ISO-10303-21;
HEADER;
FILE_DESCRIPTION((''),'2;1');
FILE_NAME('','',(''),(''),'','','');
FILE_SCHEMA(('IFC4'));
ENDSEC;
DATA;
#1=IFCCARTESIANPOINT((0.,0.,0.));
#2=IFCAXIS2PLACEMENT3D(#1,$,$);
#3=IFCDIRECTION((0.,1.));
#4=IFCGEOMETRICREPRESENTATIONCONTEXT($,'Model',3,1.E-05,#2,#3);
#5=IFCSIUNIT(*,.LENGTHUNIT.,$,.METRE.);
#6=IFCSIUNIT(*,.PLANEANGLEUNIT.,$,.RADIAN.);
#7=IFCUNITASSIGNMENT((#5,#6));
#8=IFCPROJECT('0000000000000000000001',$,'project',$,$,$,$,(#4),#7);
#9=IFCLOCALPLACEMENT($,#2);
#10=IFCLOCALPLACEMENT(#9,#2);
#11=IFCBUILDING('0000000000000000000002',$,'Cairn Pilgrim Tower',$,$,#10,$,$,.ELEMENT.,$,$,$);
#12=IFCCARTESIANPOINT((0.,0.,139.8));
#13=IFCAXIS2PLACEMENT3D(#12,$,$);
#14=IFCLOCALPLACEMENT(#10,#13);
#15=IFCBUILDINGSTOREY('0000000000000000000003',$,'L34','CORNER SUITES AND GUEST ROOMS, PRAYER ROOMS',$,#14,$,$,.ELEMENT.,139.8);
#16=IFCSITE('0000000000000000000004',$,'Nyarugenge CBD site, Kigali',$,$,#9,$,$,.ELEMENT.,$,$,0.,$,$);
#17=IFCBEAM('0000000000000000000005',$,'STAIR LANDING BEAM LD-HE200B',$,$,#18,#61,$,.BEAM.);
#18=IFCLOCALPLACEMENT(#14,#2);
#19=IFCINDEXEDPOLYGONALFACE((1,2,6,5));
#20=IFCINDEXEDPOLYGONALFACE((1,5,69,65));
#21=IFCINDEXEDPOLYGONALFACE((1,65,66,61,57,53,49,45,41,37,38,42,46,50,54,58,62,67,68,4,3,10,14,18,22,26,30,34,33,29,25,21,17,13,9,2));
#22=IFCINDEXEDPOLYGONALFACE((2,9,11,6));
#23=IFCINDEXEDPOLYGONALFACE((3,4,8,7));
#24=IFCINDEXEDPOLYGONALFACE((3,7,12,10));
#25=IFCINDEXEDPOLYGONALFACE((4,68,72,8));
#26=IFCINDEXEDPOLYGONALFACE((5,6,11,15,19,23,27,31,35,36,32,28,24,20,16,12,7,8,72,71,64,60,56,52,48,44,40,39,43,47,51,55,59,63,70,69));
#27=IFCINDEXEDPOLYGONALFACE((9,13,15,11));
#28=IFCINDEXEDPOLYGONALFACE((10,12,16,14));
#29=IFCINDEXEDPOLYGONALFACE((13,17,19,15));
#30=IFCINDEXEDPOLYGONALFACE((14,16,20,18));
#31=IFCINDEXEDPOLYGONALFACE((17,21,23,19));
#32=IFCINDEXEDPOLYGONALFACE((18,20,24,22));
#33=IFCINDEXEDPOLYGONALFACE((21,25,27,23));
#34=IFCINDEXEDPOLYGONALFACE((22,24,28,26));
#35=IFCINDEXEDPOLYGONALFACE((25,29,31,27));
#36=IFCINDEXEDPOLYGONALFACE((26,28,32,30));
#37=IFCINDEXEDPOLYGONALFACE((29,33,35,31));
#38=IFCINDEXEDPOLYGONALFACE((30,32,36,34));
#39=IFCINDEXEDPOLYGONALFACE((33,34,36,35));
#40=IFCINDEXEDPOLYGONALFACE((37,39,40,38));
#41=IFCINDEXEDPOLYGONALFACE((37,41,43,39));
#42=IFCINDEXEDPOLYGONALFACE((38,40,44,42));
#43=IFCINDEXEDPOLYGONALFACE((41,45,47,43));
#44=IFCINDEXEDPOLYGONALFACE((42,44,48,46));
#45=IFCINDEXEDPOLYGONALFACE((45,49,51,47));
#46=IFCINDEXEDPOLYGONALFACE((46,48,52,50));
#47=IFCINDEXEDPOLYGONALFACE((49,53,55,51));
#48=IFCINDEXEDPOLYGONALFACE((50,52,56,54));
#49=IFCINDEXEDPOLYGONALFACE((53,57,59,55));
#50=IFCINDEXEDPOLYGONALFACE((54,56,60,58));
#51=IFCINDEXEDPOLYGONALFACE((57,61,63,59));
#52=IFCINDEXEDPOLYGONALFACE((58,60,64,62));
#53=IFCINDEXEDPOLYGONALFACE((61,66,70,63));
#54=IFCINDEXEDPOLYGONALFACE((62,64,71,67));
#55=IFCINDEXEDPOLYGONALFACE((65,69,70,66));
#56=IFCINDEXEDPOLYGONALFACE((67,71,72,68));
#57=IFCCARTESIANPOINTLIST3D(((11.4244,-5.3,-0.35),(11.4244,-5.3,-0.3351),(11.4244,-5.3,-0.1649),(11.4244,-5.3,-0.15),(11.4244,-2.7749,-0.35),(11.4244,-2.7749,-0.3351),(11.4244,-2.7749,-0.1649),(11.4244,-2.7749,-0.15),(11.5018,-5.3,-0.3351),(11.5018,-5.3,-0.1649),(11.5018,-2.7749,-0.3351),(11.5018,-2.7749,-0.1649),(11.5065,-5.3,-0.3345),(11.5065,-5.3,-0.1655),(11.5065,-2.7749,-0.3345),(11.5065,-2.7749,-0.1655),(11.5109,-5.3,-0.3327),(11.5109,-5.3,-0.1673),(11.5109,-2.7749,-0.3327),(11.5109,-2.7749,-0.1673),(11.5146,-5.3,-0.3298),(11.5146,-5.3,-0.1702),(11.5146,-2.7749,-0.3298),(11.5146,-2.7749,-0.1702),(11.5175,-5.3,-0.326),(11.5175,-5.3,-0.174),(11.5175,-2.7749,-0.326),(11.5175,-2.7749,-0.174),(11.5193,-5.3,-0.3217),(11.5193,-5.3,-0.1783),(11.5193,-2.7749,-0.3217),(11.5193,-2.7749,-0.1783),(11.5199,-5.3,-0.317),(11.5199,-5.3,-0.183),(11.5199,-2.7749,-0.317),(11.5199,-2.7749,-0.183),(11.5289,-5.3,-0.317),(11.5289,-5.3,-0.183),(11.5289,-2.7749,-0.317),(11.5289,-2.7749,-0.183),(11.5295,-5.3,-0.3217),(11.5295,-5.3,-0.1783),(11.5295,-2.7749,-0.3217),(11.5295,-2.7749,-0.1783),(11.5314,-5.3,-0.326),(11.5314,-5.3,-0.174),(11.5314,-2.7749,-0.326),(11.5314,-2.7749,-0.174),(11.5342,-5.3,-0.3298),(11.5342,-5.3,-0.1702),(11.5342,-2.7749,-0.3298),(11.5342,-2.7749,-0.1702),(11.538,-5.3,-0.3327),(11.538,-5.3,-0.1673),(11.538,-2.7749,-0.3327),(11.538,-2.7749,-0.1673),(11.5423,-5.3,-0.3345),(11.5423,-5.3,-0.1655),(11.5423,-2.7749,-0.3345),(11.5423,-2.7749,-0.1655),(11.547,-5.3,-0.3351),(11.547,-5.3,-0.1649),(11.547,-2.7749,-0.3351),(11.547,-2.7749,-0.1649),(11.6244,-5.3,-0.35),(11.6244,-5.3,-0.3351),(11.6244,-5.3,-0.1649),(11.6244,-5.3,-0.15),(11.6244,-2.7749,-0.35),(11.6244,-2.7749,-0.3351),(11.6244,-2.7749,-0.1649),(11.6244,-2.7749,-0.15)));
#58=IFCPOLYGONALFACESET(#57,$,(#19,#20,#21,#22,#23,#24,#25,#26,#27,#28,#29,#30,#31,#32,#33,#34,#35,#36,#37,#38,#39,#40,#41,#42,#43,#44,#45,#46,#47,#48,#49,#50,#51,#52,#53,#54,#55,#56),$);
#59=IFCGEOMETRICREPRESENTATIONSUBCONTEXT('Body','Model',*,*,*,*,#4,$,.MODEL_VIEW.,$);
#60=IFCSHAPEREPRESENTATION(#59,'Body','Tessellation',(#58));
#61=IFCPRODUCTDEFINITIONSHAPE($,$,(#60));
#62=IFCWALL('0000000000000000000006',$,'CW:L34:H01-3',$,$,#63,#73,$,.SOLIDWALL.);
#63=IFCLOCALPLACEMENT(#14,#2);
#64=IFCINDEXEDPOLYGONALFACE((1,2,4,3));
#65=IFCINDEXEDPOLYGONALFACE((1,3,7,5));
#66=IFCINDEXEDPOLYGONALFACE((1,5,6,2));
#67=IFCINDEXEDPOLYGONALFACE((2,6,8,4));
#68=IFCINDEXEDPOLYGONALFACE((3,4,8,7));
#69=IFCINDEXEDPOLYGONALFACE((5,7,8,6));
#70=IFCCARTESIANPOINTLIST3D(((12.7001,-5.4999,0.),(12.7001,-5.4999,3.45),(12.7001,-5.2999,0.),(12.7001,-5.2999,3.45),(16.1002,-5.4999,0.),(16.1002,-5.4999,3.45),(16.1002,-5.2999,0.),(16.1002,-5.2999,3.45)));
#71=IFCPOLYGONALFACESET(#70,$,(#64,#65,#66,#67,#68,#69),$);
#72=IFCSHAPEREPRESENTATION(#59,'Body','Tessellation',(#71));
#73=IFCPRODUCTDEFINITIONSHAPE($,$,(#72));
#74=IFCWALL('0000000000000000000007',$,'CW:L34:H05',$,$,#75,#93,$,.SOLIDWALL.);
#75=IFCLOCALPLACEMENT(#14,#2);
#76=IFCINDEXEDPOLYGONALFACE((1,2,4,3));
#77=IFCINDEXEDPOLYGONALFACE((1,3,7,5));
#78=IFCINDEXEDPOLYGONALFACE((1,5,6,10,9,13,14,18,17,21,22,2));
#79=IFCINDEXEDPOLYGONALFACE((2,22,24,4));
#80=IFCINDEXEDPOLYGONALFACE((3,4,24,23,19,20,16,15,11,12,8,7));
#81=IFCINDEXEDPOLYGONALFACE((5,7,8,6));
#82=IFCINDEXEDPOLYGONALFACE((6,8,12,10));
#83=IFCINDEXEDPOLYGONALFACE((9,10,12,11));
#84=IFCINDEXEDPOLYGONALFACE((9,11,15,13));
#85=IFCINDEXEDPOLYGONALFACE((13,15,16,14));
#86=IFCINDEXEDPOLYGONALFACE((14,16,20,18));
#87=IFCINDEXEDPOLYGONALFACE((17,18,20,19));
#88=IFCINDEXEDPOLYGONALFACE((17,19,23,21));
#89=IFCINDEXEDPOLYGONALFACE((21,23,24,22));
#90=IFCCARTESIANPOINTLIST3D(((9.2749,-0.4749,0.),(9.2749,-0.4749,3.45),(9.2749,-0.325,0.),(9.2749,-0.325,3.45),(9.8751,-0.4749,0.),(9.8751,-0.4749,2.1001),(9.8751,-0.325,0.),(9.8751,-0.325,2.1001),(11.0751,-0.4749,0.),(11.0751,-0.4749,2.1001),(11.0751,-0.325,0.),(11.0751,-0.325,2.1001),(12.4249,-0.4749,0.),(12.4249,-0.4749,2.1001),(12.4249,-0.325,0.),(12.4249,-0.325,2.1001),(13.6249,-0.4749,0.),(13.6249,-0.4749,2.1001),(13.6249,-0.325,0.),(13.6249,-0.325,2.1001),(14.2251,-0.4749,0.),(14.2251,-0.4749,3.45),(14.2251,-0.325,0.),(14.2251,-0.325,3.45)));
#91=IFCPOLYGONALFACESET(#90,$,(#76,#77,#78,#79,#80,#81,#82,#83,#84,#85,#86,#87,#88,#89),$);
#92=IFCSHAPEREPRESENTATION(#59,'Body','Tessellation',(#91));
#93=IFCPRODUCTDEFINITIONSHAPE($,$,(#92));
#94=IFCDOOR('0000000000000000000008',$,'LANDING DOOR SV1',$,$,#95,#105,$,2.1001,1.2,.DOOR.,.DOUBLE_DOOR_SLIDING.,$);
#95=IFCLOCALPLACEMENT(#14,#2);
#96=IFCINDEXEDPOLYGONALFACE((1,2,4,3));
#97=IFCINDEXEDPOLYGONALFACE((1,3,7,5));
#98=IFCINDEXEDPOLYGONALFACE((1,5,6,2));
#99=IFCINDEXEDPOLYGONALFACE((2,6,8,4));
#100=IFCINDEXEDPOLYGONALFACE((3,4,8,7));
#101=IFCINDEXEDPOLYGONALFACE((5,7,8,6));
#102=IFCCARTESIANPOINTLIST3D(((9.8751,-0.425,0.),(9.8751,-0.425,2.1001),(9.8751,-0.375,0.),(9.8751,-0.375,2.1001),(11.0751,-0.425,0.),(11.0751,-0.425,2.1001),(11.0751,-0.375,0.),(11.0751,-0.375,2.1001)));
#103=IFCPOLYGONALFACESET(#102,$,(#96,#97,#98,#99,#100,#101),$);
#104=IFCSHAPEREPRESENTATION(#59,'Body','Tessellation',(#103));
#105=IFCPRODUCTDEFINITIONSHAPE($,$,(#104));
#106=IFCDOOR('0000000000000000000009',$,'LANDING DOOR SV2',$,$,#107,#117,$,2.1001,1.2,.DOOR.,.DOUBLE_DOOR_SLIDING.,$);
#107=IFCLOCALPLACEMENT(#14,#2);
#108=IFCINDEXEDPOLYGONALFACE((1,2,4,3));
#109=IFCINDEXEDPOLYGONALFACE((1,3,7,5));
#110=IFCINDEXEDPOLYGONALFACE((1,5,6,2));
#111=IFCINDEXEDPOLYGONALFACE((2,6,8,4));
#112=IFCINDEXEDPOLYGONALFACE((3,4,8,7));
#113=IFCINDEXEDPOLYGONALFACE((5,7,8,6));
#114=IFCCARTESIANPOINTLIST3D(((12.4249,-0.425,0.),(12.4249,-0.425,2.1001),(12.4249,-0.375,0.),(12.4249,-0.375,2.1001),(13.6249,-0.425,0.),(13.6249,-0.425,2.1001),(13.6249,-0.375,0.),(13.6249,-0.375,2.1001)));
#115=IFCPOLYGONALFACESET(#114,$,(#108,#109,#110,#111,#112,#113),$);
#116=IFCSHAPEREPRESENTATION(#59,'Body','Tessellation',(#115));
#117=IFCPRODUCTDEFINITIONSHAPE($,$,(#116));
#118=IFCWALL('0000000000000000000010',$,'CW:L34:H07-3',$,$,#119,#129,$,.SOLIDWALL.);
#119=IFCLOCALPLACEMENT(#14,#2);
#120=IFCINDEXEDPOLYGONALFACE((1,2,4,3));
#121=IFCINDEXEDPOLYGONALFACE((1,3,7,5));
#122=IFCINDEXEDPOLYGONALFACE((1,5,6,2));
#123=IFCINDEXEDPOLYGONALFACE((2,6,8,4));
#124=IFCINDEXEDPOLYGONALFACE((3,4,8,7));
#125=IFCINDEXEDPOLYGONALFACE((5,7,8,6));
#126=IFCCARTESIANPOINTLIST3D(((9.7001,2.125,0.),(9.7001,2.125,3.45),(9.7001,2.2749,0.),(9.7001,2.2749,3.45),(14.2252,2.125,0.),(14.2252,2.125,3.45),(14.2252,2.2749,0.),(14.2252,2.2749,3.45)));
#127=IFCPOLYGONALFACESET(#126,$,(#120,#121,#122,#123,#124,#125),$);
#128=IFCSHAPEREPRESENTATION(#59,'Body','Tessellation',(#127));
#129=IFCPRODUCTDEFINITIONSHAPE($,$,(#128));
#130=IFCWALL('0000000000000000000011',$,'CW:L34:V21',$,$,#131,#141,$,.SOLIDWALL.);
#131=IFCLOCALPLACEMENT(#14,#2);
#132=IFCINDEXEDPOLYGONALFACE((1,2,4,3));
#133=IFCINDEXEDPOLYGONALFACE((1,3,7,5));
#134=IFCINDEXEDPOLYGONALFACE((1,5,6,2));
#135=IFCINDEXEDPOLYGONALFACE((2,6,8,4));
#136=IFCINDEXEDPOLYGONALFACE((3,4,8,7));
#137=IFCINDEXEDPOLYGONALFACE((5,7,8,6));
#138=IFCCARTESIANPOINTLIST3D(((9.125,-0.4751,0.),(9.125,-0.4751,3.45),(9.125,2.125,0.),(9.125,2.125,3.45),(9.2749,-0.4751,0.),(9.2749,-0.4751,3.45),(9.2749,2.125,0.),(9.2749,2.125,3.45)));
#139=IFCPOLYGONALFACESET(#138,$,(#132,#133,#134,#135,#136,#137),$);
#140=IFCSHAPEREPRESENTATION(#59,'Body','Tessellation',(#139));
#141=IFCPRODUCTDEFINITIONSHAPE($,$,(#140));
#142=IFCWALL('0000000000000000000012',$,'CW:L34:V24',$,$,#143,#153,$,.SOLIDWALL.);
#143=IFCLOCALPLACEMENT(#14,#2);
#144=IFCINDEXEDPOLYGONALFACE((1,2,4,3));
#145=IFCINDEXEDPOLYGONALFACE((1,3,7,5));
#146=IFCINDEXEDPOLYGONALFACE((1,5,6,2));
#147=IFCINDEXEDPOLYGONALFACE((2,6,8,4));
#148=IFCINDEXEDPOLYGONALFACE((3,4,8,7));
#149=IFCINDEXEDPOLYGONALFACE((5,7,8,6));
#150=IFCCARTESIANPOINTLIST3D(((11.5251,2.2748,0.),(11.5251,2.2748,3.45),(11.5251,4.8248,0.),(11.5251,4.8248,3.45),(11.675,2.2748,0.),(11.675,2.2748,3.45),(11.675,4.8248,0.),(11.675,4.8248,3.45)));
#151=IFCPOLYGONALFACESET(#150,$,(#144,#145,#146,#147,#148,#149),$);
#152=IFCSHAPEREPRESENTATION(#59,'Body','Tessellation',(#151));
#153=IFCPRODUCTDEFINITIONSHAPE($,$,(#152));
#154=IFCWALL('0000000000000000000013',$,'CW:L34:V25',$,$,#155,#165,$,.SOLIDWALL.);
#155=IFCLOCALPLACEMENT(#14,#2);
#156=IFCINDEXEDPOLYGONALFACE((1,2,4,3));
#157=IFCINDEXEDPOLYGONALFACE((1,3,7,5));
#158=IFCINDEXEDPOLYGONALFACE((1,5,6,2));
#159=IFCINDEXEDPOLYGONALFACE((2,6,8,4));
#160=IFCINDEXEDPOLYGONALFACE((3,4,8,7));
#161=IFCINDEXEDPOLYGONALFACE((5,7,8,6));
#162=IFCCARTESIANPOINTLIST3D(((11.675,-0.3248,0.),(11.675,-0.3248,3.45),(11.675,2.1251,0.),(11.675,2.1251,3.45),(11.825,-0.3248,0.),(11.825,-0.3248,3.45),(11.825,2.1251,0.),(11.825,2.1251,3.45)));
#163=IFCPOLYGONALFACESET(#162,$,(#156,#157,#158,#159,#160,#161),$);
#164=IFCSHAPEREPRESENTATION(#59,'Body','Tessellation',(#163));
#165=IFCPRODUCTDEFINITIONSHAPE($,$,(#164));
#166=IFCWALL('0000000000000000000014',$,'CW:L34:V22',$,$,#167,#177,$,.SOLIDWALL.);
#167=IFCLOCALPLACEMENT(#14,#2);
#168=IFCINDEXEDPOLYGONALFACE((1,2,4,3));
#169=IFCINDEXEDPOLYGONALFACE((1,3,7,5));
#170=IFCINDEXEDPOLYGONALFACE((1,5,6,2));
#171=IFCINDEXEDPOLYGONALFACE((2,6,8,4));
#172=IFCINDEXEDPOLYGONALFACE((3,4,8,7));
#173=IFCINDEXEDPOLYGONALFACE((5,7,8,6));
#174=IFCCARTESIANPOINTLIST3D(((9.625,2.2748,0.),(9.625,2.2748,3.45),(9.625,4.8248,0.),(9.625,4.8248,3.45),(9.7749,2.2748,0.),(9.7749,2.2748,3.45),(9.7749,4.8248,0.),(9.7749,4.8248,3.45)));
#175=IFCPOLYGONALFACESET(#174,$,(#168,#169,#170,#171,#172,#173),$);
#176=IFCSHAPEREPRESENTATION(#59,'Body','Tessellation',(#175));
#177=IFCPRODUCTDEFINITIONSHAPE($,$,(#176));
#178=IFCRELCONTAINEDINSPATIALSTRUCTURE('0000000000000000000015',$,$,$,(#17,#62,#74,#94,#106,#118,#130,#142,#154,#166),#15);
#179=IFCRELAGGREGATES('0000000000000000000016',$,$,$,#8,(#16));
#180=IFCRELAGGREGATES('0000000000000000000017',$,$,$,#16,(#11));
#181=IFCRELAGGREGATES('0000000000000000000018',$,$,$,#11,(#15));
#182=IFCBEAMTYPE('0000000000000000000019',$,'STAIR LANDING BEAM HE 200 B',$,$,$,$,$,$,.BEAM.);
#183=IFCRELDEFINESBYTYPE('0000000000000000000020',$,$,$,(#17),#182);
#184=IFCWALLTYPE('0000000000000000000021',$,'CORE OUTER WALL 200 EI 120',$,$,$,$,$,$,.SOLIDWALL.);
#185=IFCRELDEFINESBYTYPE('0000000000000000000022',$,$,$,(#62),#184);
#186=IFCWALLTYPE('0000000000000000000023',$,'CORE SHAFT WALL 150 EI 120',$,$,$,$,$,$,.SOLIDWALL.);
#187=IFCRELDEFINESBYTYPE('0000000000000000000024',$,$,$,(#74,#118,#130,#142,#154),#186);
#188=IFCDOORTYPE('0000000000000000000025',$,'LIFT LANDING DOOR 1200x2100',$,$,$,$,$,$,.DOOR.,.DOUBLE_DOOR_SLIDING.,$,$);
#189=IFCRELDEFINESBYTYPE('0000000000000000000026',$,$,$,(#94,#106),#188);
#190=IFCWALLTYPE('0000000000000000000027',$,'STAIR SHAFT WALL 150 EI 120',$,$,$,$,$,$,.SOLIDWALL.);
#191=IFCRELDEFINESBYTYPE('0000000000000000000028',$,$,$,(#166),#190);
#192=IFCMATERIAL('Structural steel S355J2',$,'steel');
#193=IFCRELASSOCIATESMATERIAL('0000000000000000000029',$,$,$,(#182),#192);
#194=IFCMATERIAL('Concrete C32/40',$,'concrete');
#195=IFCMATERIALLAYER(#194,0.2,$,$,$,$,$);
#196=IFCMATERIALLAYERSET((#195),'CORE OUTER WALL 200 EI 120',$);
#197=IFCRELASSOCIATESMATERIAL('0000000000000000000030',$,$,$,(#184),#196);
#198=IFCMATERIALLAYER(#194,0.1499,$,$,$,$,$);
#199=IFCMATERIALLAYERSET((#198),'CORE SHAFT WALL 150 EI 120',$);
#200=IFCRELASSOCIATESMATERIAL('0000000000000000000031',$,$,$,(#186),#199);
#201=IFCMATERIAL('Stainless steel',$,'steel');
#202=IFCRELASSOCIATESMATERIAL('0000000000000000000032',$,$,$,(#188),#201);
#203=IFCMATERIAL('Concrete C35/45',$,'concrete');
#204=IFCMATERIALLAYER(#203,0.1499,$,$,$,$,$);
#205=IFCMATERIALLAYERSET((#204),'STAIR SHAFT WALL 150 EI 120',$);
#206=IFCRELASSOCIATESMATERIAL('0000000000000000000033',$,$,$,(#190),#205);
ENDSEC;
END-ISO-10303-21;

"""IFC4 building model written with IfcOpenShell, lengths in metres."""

from ifc_helpers import new_model, si_unit, direction, frame, frame_2d, origin, origin_2d, place, context, subcontext, project, spatial, rectangle, i_section, extrude, material, layer, layer_set, material_profile, profile_set, type_object, element, fill, save


model = new_model("IFC4")

# Units and contexts
model_context = context("Model", 3, precision=1e-05, world=origin(), true_north=direction((0.0, 1.0)))
body_context = subcontext(model_context, "Body", "Model", "MODEL_VIEW")
ifc_project = project(units=[si_unit("LENGTHUNIT", "METRE"), si_unit("PLANEANGLEUNIT", "RADIAN")], contexts=[model_context])

# Site, building, storey
site_placement = place(None, origin())
site = spatial("IfcSite", under=ifc_project, at=site_placement, Name="Nyarugenge CBD site, Kigali", CompositionType="ELEMENT", RefElevation=0.0)
building_placement = place(site_placement, origin())
building = spatial("IfcBuilding", under=site, at=building_placement, Name="Cairn Pilgrim Tower", CompositionType="ELEMENT")
storey_placement = place(building_placement, frame((0.0, 0.0, 139.8)))
storey = spatial("IfcBuildingStorey", under=building, at=storey_placement, Name="L34", Description="CORNER SUITES AND GUEST ROOMS, PRAYER ROOMS", CompositionType="ELEMENT", Elevation=139.8)

# Beam
ifc_material_1 = material(Name="Structural steel S355J2", Category="steel")
ifc_material_profile = material_profile(ifc_material_1, i_section(OverallWidth=0.2, OverallDepth=0.2, WebThickness=0.009, FlangeThickness=0.0149, FilletRadius=0.0181, at=origin_2d()), Name="HE 200 B")
ifc_profile_set = profile_set([ifc_material_profile], Name="Structural steel S355J2")
beam_type = type_object("IfcBeamType", Name="STAIR LANDING BEAM HE 200 B", PredefinedType="BEAM", material=ifc_profile_set)
beam_placement = place(storey_placement, frame((11.5244, -2.7749, -0.25), z_axis=(0.0, -1.0, 0.0), x_axis=(1.0, 0.0, 0.0)))
element("IfcBeam", 1, at=beam_placement, inside=storey, type_object=beam_type, Name="STAIR LANDING BEAM LD-HE200B", PredefinedType="BEAM", context=body_context, shape_type="SweptSolid", body=[
    extrude(i_section(OverallWidth=0.2, OverallDepth=0.2, WebThickness=0.009, FlangeThickness=0.0149, FilletRadius=0.0181, at=origin_2d()), origin(), (0.0, 0.0, 1.0), 2.5251),
])

# Wall
ifc_material_2 = material(Name="Concrete C32/40", Category="concrete")
ifc_layer_1 = layer(ifc_material_2, 0.2)
ifc_layer_set_1 = layer_set([ifc_layer_1], Name="CORE OUTER WALL 200 EI 120")
wall_type_1 = type_object("IfcWallType", Name="CORE OUTER WALL 200 EI 120", PredefinedType="SOLIDWALL", material=ifc_layer_set_1)
wall_1_placement = place(storey_placement, frame((12.7, -5.3999, 0.0), z_axis=(0.0, 0.0, 1.0), x_axis=(1.0, 0.0, 0.0)))
element("IfcWall", 2, at=wall_1_placement, inside=storey, type_object=wall_type_1, Name="CW:L34:H01-3", PredefinedType="SOLIDWALL", context=body_context, shape_type="SweptSolid", body=[
    extrude(rectangle(XDim=3.4001, YDim=0.2, at=frame_2d((1.7002, 0.0))), origin(), (0.0, 0.0, 1.0), 3.45),
])

# Wall, openings, doors
ifc_layer_2 = layer(ifc_material_2, 0.1499)
ifc_layer_set_2 = layer_set([ifc_layer_2], Name="CORE SHAFT WALL 150 EI 120")
wall_type_2 = type_object("IfcWallType", Name="CORE SHAFT WALL 150 EI 120", PredefinedType="SOLIDWALL", material=ifc_layer_set_2)
wall_2_placement = place(storey_placement, frame((9.2749, -0.3999, 0.0), z_axis=(0.0, 0.0, 1.0), x_axis=(1.0, 0.0, 0.0)))
wall_2 = element("IfcWall", 3, at=wall_2_placement, inside=storey, type_object=wall_type_2, Name="CW:L34:H05", PredefinedType="SOLIDWALL", context=body_context, shape_type="SweptSolid", body=[
    extrude(rectangle(XDim=4.9502, YDim=0.1499, at=frame_2d((2.4751, 0.0))), origin(), (0.0, 0.0, 1.0), 3.45),
])
opening_1_placement = place(wall_2_placement, frame((0.6001, 0.0, 0.0)))
opening_1 = element("IfcOpeningElement", 4, at=opening_1_placement, cuts=wall_2, PredefinedType="OPENING", context=body_context, shape_type="SweptSolid", body=[
    extrude(rectangle(XDim=1.2, YDim=2.1001, at=frame_2d((0.6001, 1.05))), frame((0.0, 0.085, 0.0), z_axis=(0.0, -1.0, 0.0), x_axis=(1.0, 0.0, 0.0)), (0.0, 0.0, 1.0), 0.1699),
])
opening_2_placement = place(wall_2_placement, frame((3.1499, 0.0, 0.0)))
opening_2 = element("IfcOpeningElement", 5, at=opening_2_placement, cuts=wall_2, PredefinedType="OPENING", context=body_context, shape_type="SweptSolid", body=[
    extrude(rectangle(XDim=1.2, YDim=2.1001, at=frame_2d((0.6001, 1.05))), frame((0.0, 0.085, 0.0), z_axis=(0.0, -1.0, 0.0), x_axis=(1.0, 0.0, 0.0)), (0.0, 0.0, 1.0), 0.1699),
])
ifc_material_3 = material(Name="Stainless steel", Category="steel")
door_type = type_object("IfcDoorType", Name="LIFT LANDING DOOR 1200x2100", OperationType="DOUBLE_DOOR_SLIDING", PredefinedType="DOOR", material=ifc_material_3)
door_1_placement = place(opening_1_placement, origin())
door_1 = element("IfcDoor", 6, at=door_1_placement, inside=storey, type_object=door_type, Name="LANDING DOOR SV1", OperationType="DOUBLE_DOOR_SLIDING", OverallHeight=2.1001, OverallWidth=1.2, PredefinedType="DOOR", context=body_context, shape_type="SweptSolid", body=[
    extrude(rectangle(XDim=1.2, YDim=2.1001, at=frame_2d((0.6001, 1.05))), frame((0.0, 0.0249, 0.0), z_axis=(0.0, -1.0, 0.0), x_axis=(1.0, 0.0, 0.0)), (0.0, 0.0, 1.0), 0.05),
])
fill(opening_1, door_1)
door_2_placement = place(opening_2_placement, origin())
door_2 = element("IfcDoor", 7, at=door_2_placement, inside=storey, type_object=door_type, Name="LANDING DOOR SV2", OperationType="DOUBLE_DOOR_SLIDING", OverallHeight=2.1001, OverallWidth=1.2, PredefinedType="DOOR", context=body_context, shape_type="SweptSolid", body=[
    extrude(rectangle(XDim=1.2, YDim=2.1001, at=frame_2d((0.6001, 1.05))), frame((0.0, 0.0249, 0.0), z_axis=(0.0, -1.0, 0.0), x_axis=(1.0, 0.0, 0.0)), (0.0, 0.0, 1.0), 0.05),
])
fill(opening_2, door_2)

# Walls
wall_3_placement = place(storey_placement, frame((9.7, 2.2, 0.0), z_axis=(0.0, 0.0, 1.0), x_axis=(1.0, 0.0, 0.0)))
element("IfcWall", 8, at=wall_3_placement, inside=storey, type_object=wall_type_2, Name="CW:L34:H07-3", PredefinedType="SOLIDWALL", context=body_context, shape_type="SweptSolid", body=[
    extrude(rectangle(XDim=4.5251, YDim=0.1499, at=frame_2d((2.2627, 0.0))), origin(), (0.0, 0.0, 1.0), 3.45),
])
wall_4_placement = place(storey_placement, frame((9.2, -0.4751, 0.0), z_axis=(0.0, 0.0, 1.0), x_axis=(0.0, 1.0, 0.0)))
element("IfcWall", 9, at=wall_4_placement, inside=storey, type_object=wall_type_2, Name="CW:L34:V21", PredefinedType="SOLIDWALL", context=body_context, shape_type="SweptSolid", body=[
    extrude(rectangle(XDim=2.6001, YDim=0.1499, at=frame_2d((1.3, 0.0))), origin(), (0.0, 0.0, 1.0), 3.45),
])
wall_5_placement = place(storey_placement, frame((11.6001, 2.2749, 0.0), z_axis=(0.0, 0.0, 1.0), x_axis=(0.0, 1.0, 0.0)))
element("IfcWall", 10, at=wall_5_placement, inside=storey, type_object=wall_type_2, Name="CW:L34:V24", PredefinedType="SOLIDWALL", context=body_context, shape_type="SweptSolid", body=[
    extrude(rectangle(XDim=2.55, YDim=0.1499, at=frame_2d((1.2749, 0.0))), origin(), (0.0, 0.0, 1.0), 3.45),
])
wall_6_placement = place(storey_placement, frame((11.75, -0.325, 0.0), z_axis=(0.0, 0.0, 1.0), x_axis=(0.0, 1.0, 0.0)))
element("IfcWall", 11, at=wall_6_placement, inside=storey, type_object=wall_type_2, Name="CW:L34:V25", PredefinedType="SOLIDWALL", context=body_context, shape_type="SweptSolid", body=[
    extrude(rectangle(XDim=2.45, YDim=0.1499, at=frame_2d((1.2251, 0.0))), origin(), (0.0, 0.0, 1.0), 3.45),
])
ifc_material_4 = material(Name="Concrete C35/45", Category="concrete")
ifc_layer_3 = layer(ifc_material_4, 0.1499)
ifc_layer_set_3 = layer_set([ifc_layer_3], Name="STAIR SHAFT WALL 150 EI 120")
wall_type_3 = type_object("IfcWallType", Name="STAIR SHAFT WALL 150 EI 120", PredefinedType="SOLIDWALL", material=ifc_layer_set_3)
wall_7_placement = place(storey_placement, frame((9.7, 2.2749, 0.0), z_axis=(0.0, 0.0, 1.0), x_axis=(0.0, 1.0, 0.0)))
element("IfcWall", 12, at=wall_7_placement, inside=storey, type_object=wall_type_3, Name="CW:L34:V22", PredefinedType="SOLIDWALL", context=body_context, shape_type="SweptSolid", body=[
    extrude(rectangle(XDim=2.55, YDim=0.1499, at=frame_2d((1.2749, 0.0))), origin(), (0.0, 0.0, 1.0), 3.45),
])

save(model, "model.ifc")
